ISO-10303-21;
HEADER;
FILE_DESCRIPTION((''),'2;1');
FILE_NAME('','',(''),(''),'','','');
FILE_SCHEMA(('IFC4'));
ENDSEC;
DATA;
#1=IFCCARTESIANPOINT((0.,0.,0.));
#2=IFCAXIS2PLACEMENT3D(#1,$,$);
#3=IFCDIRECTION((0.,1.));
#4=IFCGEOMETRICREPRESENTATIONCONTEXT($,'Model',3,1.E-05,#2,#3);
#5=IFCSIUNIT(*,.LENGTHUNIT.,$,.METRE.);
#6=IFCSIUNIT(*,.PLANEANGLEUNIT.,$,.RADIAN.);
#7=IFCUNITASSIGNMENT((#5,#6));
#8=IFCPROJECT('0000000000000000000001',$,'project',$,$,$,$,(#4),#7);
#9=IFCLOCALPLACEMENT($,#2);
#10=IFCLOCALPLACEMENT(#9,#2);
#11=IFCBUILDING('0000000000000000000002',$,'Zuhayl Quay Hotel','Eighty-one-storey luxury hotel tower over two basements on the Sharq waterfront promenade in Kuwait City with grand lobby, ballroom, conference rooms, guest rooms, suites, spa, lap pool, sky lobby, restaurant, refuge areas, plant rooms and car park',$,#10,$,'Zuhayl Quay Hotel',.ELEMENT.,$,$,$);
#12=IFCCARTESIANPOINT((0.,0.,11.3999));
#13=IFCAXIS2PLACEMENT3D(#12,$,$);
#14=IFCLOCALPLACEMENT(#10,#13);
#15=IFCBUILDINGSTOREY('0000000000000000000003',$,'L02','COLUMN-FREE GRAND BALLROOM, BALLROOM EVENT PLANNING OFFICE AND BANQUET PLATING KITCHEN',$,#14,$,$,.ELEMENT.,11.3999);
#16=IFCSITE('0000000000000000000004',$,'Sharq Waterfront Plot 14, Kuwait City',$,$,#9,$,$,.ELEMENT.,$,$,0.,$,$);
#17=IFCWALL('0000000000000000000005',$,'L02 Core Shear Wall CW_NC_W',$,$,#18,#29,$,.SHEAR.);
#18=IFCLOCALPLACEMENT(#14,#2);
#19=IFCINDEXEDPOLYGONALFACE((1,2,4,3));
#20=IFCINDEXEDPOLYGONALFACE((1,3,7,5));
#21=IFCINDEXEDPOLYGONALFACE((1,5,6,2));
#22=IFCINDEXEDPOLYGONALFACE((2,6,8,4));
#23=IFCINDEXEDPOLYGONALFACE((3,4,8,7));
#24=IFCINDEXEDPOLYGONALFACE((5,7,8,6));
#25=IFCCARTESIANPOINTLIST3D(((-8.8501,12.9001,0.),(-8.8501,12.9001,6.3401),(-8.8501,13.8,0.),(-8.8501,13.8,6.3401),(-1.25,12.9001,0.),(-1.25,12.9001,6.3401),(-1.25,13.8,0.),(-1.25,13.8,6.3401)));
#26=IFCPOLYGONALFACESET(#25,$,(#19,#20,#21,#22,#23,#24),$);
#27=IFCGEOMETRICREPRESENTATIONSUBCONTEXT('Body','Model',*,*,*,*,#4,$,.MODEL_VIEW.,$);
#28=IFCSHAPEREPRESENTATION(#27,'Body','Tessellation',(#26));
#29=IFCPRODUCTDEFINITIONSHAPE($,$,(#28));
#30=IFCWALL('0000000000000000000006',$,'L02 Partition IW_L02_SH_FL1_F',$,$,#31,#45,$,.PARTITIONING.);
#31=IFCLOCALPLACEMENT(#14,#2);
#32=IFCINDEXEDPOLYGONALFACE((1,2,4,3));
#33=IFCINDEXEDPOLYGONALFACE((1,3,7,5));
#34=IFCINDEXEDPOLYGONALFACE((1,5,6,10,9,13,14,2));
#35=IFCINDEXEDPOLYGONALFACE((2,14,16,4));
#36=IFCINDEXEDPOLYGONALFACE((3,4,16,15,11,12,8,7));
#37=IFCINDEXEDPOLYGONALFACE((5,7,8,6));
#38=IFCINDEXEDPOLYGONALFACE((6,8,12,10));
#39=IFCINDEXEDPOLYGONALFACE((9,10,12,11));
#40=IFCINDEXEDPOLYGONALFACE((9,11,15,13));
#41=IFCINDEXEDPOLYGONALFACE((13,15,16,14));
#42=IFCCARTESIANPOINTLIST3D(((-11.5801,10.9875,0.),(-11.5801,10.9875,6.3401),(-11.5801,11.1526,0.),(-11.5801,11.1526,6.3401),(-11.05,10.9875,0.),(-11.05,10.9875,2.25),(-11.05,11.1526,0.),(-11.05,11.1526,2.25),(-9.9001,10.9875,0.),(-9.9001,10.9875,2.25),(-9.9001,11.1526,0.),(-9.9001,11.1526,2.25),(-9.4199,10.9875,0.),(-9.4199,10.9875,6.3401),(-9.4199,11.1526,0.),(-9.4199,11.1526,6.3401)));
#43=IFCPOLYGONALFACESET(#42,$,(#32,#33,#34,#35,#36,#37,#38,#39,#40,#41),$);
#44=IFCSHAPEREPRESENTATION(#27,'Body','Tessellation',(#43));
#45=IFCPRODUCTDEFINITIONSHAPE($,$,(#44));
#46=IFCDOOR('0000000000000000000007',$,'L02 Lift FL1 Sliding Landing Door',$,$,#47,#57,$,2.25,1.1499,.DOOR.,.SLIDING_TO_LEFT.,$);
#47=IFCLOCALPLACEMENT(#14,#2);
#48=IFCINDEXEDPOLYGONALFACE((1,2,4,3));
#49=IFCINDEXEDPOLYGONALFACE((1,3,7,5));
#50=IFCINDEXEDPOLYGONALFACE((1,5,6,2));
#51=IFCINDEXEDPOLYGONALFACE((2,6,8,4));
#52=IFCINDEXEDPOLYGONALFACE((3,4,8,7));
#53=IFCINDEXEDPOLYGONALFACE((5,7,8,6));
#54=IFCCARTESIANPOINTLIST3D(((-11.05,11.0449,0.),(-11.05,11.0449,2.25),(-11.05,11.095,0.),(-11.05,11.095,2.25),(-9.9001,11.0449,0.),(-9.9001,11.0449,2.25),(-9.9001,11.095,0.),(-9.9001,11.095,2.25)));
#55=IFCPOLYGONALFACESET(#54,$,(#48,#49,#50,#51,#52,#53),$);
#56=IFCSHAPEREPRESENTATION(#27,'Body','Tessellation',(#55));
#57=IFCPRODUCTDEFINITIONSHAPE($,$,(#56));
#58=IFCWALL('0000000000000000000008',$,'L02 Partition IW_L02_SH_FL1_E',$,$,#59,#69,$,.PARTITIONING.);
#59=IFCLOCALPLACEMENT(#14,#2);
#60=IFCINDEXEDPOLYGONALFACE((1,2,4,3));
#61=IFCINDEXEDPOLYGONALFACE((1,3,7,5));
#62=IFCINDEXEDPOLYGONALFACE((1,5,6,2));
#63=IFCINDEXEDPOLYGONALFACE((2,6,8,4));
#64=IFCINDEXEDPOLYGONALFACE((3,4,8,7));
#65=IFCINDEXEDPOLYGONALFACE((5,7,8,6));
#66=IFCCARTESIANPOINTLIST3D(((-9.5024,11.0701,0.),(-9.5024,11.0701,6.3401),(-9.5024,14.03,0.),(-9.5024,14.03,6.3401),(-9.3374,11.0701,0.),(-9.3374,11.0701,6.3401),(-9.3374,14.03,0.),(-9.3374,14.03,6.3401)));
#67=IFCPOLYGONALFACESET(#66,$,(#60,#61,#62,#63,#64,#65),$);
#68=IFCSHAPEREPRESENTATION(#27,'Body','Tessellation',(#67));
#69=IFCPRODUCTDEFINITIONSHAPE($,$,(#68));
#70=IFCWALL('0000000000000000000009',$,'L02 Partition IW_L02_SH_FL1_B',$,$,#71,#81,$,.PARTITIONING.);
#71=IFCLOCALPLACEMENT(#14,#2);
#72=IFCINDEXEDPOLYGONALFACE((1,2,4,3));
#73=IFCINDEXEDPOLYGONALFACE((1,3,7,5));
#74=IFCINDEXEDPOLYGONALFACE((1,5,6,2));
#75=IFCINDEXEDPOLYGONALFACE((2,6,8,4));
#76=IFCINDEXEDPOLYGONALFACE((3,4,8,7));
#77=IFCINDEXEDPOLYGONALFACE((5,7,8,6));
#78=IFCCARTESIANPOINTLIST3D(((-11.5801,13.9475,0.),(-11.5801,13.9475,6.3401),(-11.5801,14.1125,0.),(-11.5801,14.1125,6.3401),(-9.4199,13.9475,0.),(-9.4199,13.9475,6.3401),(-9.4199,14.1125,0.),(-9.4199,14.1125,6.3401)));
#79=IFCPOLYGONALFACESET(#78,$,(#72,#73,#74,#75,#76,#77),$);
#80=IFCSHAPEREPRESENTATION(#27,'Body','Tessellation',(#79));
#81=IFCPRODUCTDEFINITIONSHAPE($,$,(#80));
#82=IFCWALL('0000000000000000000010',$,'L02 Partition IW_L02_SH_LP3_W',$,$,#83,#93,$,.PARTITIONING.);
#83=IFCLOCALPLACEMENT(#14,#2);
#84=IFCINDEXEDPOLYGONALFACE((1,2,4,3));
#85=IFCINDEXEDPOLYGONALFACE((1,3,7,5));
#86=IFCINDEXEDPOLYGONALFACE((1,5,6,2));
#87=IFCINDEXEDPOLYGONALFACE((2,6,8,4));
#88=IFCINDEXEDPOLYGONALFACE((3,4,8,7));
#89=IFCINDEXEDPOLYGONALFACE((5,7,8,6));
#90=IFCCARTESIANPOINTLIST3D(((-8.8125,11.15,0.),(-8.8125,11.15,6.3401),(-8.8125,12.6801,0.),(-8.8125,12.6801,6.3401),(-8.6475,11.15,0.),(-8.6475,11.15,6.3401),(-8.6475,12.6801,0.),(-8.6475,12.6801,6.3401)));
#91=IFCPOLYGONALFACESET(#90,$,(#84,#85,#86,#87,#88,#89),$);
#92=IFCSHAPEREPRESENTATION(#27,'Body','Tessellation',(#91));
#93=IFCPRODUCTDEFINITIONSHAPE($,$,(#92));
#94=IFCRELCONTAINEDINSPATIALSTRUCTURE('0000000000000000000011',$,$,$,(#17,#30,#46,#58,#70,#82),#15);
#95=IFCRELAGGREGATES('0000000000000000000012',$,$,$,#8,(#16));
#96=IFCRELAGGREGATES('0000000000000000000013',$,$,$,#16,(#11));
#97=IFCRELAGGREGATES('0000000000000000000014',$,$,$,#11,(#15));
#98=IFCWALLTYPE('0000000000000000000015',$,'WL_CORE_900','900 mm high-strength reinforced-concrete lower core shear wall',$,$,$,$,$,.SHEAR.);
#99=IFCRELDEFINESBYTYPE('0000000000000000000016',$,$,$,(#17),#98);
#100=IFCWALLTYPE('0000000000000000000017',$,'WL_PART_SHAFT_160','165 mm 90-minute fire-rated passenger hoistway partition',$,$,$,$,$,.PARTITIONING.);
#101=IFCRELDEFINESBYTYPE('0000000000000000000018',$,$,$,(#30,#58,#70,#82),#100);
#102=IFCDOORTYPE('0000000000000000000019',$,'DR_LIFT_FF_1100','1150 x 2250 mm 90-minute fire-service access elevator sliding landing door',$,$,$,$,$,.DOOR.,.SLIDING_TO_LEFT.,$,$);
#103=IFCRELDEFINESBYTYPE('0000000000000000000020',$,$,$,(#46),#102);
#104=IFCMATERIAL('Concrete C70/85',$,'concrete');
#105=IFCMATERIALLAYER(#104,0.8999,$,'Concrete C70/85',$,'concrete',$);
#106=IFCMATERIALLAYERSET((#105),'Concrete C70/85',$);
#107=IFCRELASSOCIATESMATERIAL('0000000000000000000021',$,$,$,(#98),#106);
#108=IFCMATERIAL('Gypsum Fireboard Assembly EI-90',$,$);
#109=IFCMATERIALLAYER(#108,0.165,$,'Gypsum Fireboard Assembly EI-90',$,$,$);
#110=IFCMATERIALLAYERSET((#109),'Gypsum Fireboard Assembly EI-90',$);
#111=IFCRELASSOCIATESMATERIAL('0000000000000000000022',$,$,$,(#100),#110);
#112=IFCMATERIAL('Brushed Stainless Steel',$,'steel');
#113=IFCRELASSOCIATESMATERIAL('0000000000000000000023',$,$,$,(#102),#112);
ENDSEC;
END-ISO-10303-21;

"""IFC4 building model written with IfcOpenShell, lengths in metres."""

from ifc_helpers import new_model, si_unit, direction, frame, frame_2d, origin, place, context, subcontext, project, spatial, rectangle, extrude, material, layer, layer_set, type_object, element, fill, save


model = new_model("IFC4")

# Units and contexts
model_context = context("Model", 3, precision=1e-05, world=origin(), true_north=direction((0.0, 1.0)))
body_context = subcontext(model_context, "Body", "Model", "MODEL_VIEW")
ifc_project = project(units=[si_unit("LENGTHUNIT", "METRE"), si_unit("PLANEANGLEUNIT", "RADIAN")], contexts=[model_context])

# Site, building, storey
site_placement = place(None, origin())
site = spatial("IfcSite", under=ifc_project, at=site_placement, Name="Sharq Waterfront Plot 14, Kuwait City", CompositionType="ELEMENT", RefElevation=0.0)
building_placement = place(site_placement, origin())
building = spatial("IfcBuilding", under=site, at=building_placement, Name="Zuhayl Quay Hotel", Description="Eighty-one-storey luxury hotel tower over two basements on the Sharq waterfront promenade in Kuwait City with grand lobby, ballroom, conference rooms, guest rooms, suites, spa, lap pool, sky lobby, restaurant, refuge areas, plant rooms and car park", LongName="Zuhayl Quay Hotel", CompositionType="ELEMENT")
storey_placement = place(building_placement, frame((0.0, 0.0, 11.3999)))
storey = spatial("IfcBuildingStorey", under=building, at=storey_placement, Name="L02", Description="COLUMN-FREE GRAND BALLROOM, BALLROOM EVENT PLANNING OFFICE AND BANQUET PLATING KITCHEN", CompositionType="ELEMENT", Elevation=11.3999)

# Shared definitions
ifc_material_1 = material(Name="Concrete C70/85", Category="concrete")

# Wall
ifc_layer_1 = layer(ifc_material_1, 0.8999, Name="Concrete C70/85", Category="concrete")
ifc_layer_set_1 = layer_set([ifc_layer_1], Name="Concrete C70/85")
wall_type_1 = type_object("IfcWallType", Name="WL_CORE_900", Description="900 mm high-strength reinforced-concrete lower core shear wall", PredefinedType="SHEAR", material=ifc_layer_set_1)
wall_1_placement = place(storey_placement, frame((-8.8501, 13.3501, 0.0), z_axis=(0.0, 0.0, 1.0), x_axis=(1.0, 0.0, 0.0)))
element("IfcWall", 1, at=wall_1_placement, inside=storey, type_object=wall_type_1, Name="L02 Core Shear Wall CW_NC_W", PredefinedType="SHEAR", context=body_context, shape_type="SweptSolid", body=[
    extrude(rectangle(XDim=7.6001, YDim=0.8999, at=frame_2d((3.8, 0.0))), origin(), (0.0, 0.0, 1.0), 6.3401),
])

# Wall, opening, door
ifc_material_2 = material(Name="Gypsum Fireboard Assembly EI-90")
ifc_layer_2 = layer(ifc_material_2, 0.165, Name="Gypsum Fireboard Assembly EI-90")
ifc_layer_set_2 = layer_set([ifc_layer_2], Name="Gypsum Fireboard Assembly EI-90")
wall_type_2 = type_object("IfcWallType", Name="WL_PART_SHAFT_160", Description="165 mm 90-minute fire-rated passenger hoistway partition", PredefinedType="PARTITIONING", material=ifc_layer_set_2)
wall_2_placement = place(storey_placement, frame((-11.5801, 11.0701, 0.0), z_axis=(0.0, 0.0, 1.0), x_axis=(1.0, 0.0, 0.0)))
wall_2 = element("IfcWall", 2, at=wall_2_placement, inside=storey, type_object=wall_type_2, Name="L02 Partition IW_L02_SH_FL1_F", PredefinedType="PARTITIONING", context=body_context, shape_type="SweptSolid", body=[
    extrude(rectangle(XDim=2.1602, YDim=0.165, at=frame_2d((1.0801, 0.0))), origin(), (0.0, 0.0, 1.0), 6.3401),
])
opening_placement = place(wall_2_placement, frame((0.53, 0.0, 0.0)))
opening = element("IfcOpeningElement", 3, at=opening_placement, cuts=wall_2, PredefinedType="OPENING", context=body_context, shape_type="SweptSolid", body=[
    extrude(rectangle(XDim=1.1499, YDim=2.25, at=frame_2d((0.575, 1.125))), frame((0.0, 0.0925, 0.0), z_axis=(0.0, -1.0, 0.0), x_axis=(1.0, 0.0, 0.0)), (0.0, 0.0, 1.0), 0.1851),
])
ifc_material_3 = material(Name="Brushed Stainless Steel", Category="steel")
door_type = type_object("IfcDoorType", Name="DR_LIFT_FF_1100", Description="1150 x 2250 mm 90-minute fire-service access elevator sliding landing door", OperationType="SLIDING_TO_LEFT", PredefinedType="DOOR", material=ifc_material_3)
door_placement = place(opening_placement, origin())
door = element("IfcDoor", 4, at=door_placement, inside=storey, type_object=door_type, Name="L02 Lift FL1 Sliding Landing Door", OperationType="SLIDING_TO_LEFT", OverallHeight=2.25, OverallWidth=1.1499, PredefinedType="DOOR", context=body_context, shape_type="SweptSolid", body=[
    extrude(rectangle(XDim=1.1499, YDim=2.25, at=frame_2d((0.575, 1.125))), frame((0.0, 0.0249, 0.0), z_axis=(0.0, -1.0, 0.0), x_axis=(1.0, 0.0, 0.0)), (0.0, 0.0, 1.0), 0.05),
])
fill(opening, door)

# Walls
wall_3_placement = place(storey_placement, frame((-9.4199, 11.0701, 0.0), z_axis=(0.0, 0.0, 1.0), x_axis=(0.0, 1.0, 0.0)))
element("IfcWall", 5, at=wall_3_placement, inside=storey, type_object=wall_type_2, Name="L02 Partition IW_L02_SH_FL1_E", PredefinedType="PARTITIONING", context=body_context, shape_type="SweptSolid", body=[
    extrude(rectangle(XDim=2.96, YDim=0.165, at=frame_2d((1.48, 0.0))), origin(), (0.0, 0.0, 1.0), 6.3401),
])
wall_4_placement = place(storey_placement, frame((-11.5801, 14.03, 0.0), z_axis=(0.0, 0.0, 1.0), x_axis=(1.0, 0.0, 0.0)))
element("IfcWall", 6, at=wall_4_placement, inside=storey, type_object=wall_type_2, Name="L02 Partition IW_L02_SH_FL1_B", PredefinedType="PARTITIONING", context=body_context, shape_type="SweptSolid", body=[
    extrude(rectangle(XDim=2.1602, YDim=0.165, at=frame_2d((1.0801, 0.0))), origin(), (0.0, 0.0, 1.0), 6.3401),
])
wall_5_placement = place(storey_placement, frame((-8.73, 11.1499, 0.0), z_axis=(0.0, 0.0, 1.0), x_axis=(0.0, 1.0, 0.0)))
element("IfcWall", 7, at=wall_5_placement, inside=storey, type_object=wall_type_2, Name="L02 Partition IW_L02_SH_LP3_W", PredefinedType="PARTITIONING", context=body_context, shape_type="SweptSolid", body=[
    extrude(rectangle(XDim=1.53, YDim=0.165, at=frame_2d((0.7651, 0.0))), origin(), (0.0, 0.0, 1.0), 6.3401),
])

save(model, "model.ifc")
